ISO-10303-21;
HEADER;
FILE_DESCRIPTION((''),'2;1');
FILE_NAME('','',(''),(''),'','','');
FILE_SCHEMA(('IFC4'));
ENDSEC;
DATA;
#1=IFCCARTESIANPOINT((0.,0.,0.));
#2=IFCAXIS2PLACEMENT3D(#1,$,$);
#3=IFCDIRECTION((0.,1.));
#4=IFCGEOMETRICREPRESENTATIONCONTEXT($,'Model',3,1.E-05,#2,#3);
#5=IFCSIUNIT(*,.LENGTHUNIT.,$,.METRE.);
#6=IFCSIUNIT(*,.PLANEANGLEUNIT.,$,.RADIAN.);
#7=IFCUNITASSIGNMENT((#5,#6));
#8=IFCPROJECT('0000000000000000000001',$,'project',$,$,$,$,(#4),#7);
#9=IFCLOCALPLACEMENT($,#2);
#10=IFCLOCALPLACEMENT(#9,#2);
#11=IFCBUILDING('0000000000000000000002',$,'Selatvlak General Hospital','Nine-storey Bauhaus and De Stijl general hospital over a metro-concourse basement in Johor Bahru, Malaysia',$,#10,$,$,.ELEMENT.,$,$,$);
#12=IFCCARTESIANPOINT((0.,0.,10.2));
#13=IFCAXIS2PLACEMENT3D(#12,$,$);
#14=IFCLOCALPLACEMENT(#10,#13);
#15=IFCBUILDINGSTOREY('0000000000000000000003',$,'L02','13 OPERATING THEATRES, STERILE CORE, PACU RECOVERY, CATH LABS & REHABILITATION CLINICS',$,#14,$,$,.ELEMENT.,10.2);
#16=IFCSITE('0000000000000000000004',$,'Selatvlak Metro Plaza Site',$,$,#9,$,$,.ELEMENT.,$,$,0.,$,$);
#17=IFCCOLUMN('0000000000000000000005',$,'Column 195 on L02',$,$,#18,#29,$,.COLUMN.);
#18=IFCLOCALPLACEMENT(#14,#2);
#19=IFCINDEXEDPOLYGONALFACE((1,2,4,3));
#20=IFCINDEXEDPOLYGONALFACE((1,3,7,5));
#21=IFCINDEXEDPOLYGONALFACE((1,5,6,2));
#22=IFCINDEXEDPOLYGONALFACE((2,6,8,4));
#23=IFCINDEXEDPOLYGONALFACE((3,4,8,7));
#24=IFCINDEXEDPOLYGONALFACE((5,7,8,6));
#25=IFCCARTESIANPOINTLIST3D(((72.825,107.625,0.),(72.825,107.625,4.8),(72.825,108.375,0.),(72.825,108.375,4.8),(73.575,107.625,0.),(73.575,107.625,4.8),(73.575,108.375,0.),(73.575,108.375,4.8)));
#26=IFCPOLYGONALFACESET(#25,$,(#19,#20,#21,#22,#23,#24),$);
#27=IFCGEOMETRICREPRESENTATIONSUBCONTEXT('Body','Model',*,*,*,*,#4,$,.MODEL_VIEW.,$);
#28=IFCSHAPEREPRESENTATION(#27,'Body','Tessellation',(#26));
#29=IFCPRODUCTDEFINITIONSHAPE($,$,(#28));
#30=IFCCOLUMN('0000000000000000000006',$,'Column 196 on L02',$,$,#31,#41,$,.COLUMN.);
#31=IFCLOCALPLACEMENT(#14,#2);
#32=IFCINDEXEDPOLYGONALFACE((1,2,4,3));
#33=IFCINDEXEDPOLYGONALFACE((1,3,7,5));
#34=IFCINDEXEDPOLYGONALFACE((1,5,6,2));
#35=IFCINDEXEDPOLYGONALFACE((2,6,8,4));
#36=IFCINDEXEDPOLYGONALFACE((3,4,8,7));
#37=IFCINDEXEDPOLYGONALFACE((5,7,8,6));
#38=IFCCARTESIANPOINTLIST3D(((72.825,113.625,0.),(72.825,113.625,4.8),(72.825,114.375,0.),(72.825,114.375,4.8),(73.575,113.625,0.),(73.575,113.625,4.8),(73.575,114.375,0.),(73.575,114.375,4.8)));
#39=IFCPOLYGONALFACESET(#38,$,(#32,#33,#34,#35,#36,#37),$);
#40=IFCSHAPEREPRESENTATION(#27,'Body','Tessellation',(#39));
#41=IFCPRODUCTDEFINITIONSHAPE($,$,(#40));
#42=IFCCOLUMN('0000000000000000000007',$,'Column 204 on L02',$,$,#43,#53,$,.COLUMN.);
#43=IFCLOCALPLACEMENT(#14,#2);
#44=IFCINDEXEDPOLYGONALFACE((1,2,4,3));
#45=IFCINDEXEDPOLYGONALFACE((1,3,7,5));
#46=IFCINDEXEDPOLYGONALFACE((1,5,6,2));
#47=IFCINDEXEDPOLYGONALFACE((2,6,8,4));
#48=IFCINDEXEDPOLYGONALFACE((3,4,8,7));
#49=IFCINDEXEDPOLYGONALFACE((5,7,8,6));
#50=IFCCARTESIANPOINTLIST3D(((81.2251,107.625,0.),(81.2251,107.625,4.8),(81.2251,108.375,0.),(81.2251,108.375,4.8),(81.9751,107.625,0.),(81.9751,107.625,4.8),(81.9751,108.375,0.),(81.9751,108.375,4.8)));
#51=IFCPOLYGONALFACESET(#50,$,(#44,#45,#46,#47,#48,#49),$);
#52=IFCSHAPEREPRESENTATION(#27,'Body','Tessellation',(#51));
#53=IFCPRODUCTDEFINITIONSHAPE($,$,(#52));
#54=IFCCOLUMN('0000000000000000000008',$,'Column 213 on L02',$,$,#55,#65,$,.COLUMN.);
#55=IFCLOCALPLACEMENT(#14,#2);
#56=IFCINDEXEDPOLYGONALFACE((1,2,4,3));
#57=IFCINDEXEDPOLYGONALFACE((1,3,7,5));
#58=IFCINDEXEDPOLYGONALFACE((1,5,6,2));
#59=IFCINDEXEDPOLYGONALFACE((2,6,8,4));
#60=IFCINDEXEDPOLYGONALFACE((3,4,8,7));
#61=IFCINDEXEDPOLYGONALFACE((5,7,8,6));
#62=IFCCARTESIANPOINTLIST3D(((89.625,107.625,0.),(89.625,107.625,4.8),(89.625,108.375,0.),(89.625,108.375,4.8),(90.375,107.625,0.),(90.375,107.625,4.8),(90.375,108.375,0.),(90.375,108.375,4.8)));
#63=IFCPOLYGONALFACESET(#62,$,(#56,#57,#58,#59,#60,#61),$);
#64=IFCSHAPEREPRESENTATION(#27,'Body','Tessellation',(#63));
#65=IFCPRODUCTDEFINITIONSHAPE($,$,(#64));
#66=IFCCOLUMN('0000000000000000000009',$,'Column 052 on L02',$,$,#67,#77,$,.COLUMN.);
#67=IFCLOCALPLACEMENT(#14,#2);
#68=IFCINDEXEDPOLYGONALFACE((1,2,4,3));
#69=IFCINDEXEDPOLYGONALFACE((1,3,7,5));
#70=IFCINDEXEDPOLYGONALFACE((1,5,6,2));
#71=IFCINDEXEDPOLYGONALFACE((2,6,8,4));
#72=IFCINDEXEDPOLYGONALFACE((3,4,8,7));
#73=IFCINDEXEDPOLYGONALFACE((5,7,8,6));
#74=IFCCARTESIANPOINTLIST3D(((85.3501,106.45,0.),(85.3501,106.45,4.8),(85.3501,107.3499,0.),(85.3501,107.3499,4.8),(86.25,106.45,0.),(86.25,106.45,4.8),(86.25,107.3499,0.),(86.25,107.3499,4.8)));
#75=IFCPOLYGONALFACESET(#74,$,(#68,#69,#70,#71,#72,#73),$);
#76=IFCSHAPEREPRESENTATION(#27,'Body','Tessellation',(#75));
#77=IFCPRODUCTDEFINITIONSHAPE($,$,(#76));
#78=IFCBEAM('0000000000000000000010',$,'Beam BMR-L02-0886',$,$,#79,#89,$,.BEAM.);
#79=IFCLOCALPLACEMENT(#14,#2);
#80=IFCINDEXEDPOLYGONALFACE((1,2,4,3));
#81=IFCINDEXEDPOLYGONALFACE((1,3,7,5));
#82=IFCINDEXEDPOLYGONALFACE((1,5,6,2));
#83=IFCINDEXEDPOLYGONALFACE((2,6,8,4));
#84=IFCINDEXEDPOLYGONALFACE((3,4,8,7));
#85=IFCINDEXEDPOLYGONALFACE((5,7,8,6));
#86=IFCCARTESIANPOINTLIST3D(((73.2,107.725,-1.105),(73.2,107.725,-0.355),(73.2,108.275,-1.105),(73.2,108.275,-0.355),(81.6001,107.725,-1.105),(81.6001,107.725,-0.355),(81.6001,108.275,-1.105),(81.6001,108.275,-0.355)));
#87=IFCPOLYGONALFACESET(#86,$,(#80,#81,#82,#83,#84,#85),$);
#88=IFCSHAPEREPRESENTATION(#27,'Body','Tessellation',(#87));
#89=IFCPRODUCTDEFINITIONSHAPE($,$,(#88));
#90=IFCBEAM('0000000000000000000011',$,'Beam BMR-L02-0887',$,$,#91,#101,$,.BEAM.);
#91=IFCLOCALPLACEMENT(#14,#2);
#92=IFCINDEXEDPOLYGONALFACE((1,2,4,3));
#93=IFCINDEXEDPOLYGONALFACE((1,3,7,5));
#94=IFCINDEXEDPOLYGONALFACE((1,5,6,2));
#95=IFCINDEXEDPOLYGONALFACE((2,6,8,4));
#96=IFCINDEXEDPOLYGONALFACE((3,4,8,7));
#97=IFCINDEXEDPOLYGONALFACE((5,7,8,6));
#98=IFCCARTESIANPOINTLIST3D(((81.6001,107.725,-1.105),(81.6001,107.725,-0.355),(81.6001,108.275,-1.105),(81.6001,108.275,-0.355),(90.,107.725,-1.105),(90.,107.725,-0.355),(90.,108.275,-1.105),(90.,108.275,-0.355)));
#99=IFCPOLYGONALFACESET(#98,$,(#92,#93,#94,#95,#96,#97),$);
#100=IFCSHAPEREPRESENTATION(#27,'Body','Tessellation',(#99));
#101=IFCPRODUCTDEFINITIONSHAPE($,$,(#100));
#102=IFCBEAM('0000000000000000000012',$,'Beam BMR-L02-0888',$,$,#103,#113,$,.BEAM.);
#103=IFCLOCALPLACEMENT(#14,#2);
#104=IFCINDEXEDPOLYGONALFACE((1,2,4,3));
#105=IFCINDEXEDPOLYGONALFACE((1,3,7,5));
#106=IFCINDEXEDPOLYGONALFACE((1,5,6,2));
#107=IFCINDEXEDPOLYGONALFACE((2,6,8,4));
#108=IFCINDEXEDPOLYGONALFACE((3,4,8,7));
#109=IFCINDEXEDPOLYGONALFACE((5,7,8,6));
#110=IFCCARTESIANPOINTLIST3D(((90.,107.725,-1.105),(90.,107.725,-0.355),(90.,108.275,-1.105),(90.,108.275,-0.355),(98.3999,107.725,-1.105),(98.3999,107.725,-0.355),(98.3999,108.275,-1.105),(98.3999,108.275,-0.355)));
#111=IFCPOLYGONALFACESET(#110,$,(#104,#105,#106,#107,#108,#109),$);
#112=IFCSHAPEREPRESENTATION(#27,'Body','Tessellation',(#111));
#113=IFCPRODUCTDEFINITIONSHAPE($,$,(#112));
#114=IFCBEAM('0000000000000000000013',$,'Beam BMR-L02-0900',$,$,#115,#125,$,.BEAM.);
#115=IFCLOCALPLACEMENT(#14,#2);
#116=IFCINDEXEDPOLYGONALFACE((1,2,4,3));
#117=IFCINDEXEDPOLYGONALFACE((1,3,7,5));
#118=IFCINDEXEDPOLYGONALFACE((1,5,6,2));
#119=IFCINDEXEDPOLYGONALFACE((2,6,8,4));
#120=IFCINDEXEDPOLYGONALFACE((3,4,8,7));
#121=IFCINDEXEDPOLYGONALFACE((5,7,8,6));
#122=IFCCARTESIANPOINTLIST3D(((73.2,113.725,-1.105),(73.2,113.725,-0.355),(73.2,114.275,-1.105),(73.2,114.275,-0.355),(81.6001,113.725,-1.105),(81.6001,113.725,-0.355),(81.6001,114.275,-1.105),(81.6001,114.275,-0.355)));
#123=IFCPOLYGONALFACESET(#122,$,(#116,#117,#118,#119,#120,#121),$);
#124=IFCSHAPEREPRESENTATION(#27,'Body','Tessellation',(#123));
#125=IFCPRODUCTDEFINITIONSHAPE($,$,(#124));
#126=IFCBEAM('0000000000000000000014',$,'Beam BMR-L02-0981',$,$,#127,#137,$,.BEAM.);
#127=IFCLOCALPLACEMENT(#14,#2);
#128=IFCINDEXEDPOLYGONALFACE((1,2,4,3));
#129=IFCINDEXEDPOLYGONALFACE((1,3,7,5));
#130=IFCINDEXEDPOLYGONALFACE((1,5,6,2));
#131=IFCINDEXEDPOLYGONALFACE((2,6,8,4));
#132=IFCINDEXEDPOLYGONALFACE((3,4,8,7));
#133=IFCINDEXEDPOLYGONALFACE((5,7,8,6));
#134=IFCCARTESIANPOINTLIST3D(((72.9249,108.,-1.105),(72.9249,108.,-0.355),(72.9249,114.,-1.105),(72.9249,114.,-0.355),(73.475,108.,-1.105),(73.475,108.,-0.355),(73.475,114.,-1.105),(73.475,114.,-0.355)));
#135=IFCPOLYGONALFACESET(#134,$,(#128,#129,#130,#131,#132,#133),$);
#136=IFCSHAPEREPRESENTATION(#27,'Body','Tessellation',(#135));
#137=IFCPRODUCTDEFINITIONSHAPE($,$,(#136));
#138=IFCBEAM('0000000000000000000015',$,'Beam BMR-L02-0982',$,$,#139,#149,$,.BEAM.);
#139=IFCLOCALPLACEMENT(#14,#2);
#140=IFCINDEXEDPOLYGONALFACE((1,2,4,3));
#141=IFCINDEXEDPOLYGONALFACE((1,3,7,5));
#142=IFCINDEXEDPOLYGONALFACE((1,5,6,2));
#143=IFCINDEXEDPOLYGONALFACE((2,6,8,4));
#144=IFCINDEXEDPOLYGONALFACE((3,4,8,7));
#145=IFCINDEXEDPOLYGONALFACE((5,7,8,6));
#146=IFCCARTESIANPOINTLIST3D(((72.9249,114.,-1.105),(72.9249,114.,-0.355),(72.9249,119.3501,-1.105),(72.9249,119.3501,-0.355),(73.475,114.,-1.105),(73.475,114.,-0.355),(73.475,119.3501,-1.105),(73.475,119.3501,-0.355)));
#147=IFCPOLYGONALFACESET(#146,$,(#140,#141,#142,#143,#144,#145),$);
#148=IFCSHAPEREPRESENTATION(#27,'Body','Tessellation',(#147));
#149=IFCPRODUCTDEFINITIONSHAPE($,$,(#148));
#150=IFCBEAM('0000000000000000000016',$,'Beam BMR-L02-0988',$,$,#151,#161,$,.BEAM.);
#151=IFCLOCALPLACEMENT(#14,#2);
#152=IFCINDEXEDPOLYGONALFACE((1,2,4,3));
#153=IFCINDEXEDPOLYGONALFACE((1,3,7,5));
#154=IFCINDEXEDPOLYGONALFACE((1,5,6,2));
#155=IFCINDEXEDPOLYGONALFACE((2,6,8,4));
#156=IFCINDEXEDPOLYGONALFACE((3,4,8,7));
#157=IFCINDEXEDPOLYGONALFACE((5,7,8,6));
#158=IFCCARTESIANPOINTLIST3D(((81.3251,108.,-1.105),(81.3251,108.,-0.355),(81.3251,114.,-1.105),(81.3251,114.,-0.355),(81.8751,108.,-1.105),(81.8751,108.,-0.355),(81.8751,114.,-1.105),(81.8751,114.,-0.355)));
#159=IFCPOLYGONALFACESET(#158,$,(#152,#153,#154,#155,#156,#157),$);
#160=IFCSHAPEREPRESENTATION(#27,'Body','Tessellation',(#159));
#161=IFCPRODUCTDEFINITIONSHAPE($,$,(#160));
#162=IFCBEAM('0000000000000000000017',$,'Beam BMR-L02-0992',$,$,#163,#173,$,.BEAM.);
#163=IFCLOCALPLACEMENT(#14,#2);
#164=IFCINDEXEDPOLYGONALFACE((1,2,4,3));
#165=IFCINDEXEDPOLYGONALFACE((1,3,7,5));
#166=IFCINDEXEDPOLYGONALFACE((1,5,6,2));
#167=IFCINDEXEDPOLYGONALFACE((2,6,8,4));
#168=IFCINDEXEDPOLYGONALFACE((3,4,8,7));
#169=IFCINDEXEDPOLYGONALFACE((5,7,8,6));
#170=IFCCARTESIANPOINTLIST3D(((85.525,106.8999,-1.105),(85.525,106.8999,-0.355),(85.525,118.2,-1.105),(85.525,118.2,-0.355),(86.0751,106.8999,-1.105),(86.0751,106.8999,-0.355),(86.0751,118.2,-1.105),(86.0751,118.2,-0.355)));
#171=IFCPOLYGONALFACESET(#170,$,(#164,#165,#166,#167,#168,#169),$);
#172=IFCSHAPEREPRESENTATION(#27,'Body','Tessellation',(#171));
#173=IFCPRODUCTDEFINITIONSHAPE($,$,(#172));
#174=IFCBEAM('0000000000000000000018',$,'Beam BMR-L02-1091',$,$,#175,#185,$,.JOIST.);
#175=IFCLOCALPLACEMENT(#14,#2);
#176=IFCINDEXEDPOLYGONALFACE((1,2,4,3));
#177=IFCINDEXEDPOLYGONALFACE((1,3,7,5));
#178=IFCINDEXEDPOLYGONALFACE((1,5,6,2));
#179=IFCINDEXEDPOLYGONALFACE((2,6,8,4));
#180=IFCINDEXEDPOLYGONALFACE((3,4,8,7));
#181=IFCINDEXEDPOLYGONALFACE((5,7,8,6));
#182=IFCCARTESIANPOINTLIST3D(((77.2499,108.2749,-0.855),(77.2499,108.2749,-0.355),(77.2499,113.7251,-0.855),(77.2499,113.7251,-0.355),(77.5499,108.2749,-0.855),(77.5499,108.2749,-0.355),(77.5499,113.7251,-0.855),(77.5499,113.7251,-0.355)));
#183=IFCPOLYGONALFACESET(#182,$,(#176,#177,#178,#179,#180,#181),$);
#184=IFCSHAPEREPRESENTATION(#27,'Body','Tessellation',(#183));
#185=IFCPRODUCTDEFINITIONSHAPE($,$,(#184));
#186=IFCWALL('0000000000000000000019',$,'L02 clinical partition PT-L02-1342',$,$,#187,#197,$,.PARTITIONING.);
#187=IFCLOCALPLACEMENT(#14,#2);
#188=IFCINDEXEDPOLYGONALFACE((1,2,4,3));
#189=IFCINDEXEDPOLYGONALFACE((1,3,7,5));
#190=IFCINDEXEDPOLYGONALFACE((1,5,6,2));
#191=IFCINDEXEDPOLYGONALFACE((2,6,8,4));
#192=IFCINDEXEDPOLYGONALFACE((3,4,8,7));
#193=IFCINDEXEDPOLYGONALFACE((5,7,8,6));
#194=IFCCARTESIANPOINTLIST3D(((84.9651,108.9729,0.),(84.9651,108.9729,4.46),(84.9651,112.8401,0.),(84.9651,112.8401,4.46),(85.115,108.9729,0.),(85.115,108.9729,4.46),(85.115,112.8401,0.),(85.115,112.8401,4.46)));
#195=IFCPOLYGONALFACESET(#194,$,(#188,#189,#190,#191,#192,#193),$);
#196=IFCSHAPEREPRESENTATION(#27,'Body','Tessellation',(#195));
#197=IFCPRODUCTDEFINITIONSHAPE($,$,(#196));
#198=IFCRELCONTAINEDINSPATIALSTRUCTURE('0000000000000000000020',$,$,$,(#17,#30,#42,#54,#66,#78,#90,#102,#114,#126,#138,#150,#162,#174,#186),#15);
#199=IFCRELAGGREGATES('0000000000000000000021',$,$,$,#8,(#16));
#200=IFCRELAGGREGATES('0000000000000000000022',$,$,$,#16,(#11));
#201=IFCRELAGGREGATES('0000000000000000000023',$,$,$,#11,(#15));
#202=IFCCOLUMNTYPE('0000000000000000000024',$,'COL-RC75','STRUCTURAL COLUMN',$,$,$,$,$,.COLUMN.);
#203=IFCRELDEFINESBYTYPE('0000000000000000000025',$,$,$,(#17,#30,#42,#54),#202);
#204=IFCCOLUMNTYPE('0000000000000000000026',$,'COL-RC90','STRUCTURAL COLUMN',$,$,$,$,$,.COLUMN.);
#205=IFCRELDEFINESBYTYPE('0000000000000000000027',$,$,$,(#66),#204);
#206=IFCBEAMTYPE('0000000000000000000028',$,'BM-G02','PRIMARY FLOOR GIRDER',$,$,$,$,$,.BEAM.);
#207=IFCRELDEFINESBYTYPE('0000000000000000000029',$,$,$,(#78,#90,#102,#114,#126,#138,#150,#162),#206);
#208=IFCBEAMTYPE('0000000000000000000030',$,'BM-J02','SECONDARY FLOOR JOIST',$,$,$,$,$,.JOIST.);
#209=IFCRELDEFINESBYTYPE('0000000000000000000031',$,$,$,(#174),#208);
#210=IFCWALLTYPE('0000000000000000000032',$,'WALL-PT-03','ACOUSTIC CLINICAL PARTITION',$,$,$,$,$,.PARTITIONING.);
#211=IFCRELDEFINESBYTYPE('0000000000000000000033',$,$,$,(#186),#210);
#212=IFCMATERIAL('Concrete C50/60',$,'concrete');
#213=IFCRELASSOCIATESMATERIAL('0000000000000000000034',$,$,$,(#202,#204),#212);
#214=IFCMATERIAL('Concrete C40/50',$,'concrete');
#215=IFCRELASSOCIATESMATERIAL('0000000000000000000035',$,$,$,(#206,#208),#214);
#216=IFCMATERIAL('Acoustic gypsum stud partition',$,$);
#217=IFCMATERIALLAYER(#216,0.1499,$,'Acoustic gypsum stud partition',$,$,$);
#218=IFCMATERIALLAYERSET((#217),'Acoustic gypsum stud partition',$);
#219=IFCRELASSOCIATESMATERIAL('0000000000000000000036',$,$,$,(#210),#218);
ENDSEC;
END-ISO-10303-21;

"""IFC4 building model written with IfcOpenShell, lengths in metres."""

from ifc_helpers import new_model, si_unit, direction, frame, frame_2d, origin, origin_2d, place, context, subcontext, project, spatial, rectangle, extrude, material, layer, layer_set, material_profile, profile_set, type_object, element, save


model = new_model("IFC4")

# Units and contexts
model_context = context("Model", 3, precision=1e-05, world=origin(), true_north=direction((0.0, 1.0)))
body_context = subcontext(model_context, "Body", "Model", "MODEL_VIEW")
ifc_project = project(units=[si_unit("LENGTHUNIT", "METRE"), si_unit("PLANEANGLEUNIT", "RADIAN")], contexts=[model_context])

# Site, building, storey
site_placement = place(None, origin())
site = spatial("IfcSite", under=ifc_project, at=site_placement, Name="Selatvlak Metro Plaza Site", CompositionType="ELEMENT", RefElevation=0.0)
building_placement = place(site_placement, origin())
building = spatial("IfcBuilding", under=site, at=building_placement, Name="Selatvlak General Hospital", Description="Nine-storey Bauhaus and De Stijl general hospital over a metro-concourse basement in Johor Bahru, Malaysia", CompositionType="ELEMENT")
storey_placement = place(building_placement, frame((0.0, 0.0, 10.2)))
storey = spatial("IfcBuildingStorey", under=building, at=storey_placement, Name="L02", Description="13 OPERATING THEATRES, STERILE CORE, PACU RECOVERY, CATH LABS & REHABILITATION CLINICS", CompositionType="ELEMENT", Elevation=10.2)

# Columns
ifc_material_1 = material(Name="Concrete C50/60", Category="concrete")
ifc_material_profile_1 = material_profile(ifc_material_1, rectangle(XDim=0.75, YDim=0.75, at=origin_2d()), Name="RC-COL 750x750")
ifc_profile_set_1 = profile_set([ifc_material_profile_1], Name="Concrete C50/60")
column_type_1 = type_object("IfcColumnType", Name="COL-RC75", Description="STRUCTURAL COLUMN", PredefinedType="COLUMN", material=ifc_profile_set_1)
for number, where, z_axis, x_axis, name in (
    (1, (73.2, 108.0, 0.0), (0.0, 0.0, 1.0), (1.0, 0.0, 0.0), "Column 195 on L02"),
    (2, (73.2, 114.0, 0.0), (0.0, 0.0, 1.0), (1.0, 0.0, 0.0), "Column 196 on L02"),
    (3, (81.6001, 108.0, 0.0), (0.0, 0.0, 1.0), (1.0, 0.0, 0.0), "Column 204 on L02"),
    (4, (90.0, 108.0, 0.0), (0.0, 0.0, 1.0), (1.0, 0.0, 0.0), "Column 213 on L02"),
):
    element("IfcColumn", number, at=place(storey_placement, frame(where, z_axis=z_axis, x_axis=x_axis)), inside=storey, type_object=column_type_1, Name=name, PredefinedType="COLUMN", context=body_context, shape_type="SweptSolid", body=[
        extrude(rectangle(XDim=0.75, YDim=0.75, at=origin_2d()), origin(), (0.0, 0.0, 1.0), 4.8),
    ])
ifc_material_profile_2 = material_profile(ifc_material_1, rectangle(XDim=0.8999, YDim=0.8999, at=origin_2d()), Name="RC-COL 900x900")
ifc_profile_set_2 = profile_set([ifc_material_profile_2], Name="Concrete C50/60")
column_type_2 = type_object("IfcColumnType", Name="COL-RC90", Description="STRUCTURAL COLUMN", PredefinedType="COLUMN", material=ifc_profile_set_2)
column_placement = place(storey_placement, frame((85.8, 106.8999, 0.0), z_axis=(0.0, 0.0, 1.0), x_axis=(1.0, 0.0, 0.0)))
element("IfcColumn", 5, at=column_placement, inside=storey, type_object=column_type_2, Name="Column 052 on L02", PredefinedType="COLUMN", context=body_context, shape_type="SweptSolid", body=[
    extrude(rectangle(XDim=0.8999, YDim=0.8999, at=origin_2d()), origin(), (0.0, 0.0, 1.0), 4.8),
])

# Beams
ifc_material_2 = material(Name="Concrete C40/50", Category="concrete")
ifc_material_profile_3 = material_profile(ifc_material_2, rectangle(XDim=0.55, YDim=0.75, at=origin_2d()), Name="RC-BM 550x750")
ifc_profile_set_3 = profile_set([ifc_material_profile_3], Name="Concrete C40/50")
beam_type_1 = type_object("IfcBeamType", Name="BM-G02", Description="PRIMARY FLOOR GIRDER", PredefinedType="BEAM", material=ifc_profile_set_3)
beam_1_placement = place(storey_placement, frame((73.2, 108.0, -0.73), z_axis=(1.0, 0.0, 0.0), x_axis=(0.0, 1.0, 0.0)))
element("IfcBeam", 6, at=beam_1_placement, inside=storey, type_object=beam_type_1, Name="Beam BMR-L02-0886", PredefinedType="BEAM", context=body_context, shape_type="SweptSolid", body=[
    extrude(rectangle(XDim=0.55, YDim=0.75, at=origin_2d()), origin(), (0.0, 0.0, 1.0), 8.4001),
])
for number, where, z_axis, x_axis, name in (
    (7, (81.6001, 108.0, -0.73), (1.0, 0.0, 0.0), (0.0, 1.0, 0.0), "Beam BMR-L02-0887"),
    (8, (90.0, 108.0, -0.73), (1.0, 0.0, 0.0), (0.0, 1.0, 0.0), "Beam BMR-L02-0888"),
):
    element("IfcBeam", number, at=place(storey_placement, frame(where, z_axis=z_axis, x_axis=x_axis)), inside=storey, type_object=beam_type_1, Name=name, PredefinedType="BEAM", context=body_context, shape_type="SweptSolid", body=[
        extrude(rectangle(XDim=0.55, YDim=0.75, at=origin_2d()), origin(), (0.0, 0.0, 1.0), 8.3999),
    ])
beam_2_placement = place(storey_placement, frame((73.2, 114.0, -0.73), z_axis=(1.0, 0.0, 0.0), x_axis=(0.0, 1.0, 0.0)))
element("IfcBeam", 9, at=beam_2_placement, inside=storey, type_object=beam_type_1, Name="Beam BMR-L02-0900", PredefinedType="BEAM", context=body_context, shape_type="SweptSolid", body=[
    extrude(rectangle(XDim=0.55, YDim=0.75, at=origin_2d()), origin(), (0.0, 0.0, 1.0), 8.4001),
])
beam_3_placement = place(storey_placement, frame((73.2, 108.0, -0.73), z_axis=(0.0, 1.0, 0.0), x_axis=(-1.0, 0.0, 0.0)))
element("IfcBeam", 10, at=beam_3_placement, inside=storey, type_object=beam_type_1, Name="Beam BMR-L02-0981", PredefinedType="BEAM", context=body_context, shape_type="SweptSolid", body=[
    extrude(rectangle(XDim=0.55, YDim=0.75, at=origin_2d()), origin(), (0.0, 0.0, 1.0), 6.0),
])
beam_4_placement = place(storey_placement, frame((73.2, 114.0, -0.73), z_axis=(0.0, 1.0, 0.0), x_axis=(-1.0, 0.0, 0.0)))
element("IfcBeam", 11, at=beam_4_placement, inside=storey, type_object=beam_type_1, Name="Beam BMR-L02-0982", PredefinedType="BEAM", context=body_context, shape_type="SweptSolid", body=[
    extrude(rectangle(XDim=0.55, YDim=0.75, at=origin_2d()), origin(), (0.0, 0.0, 1.0), 5.3501),
])
beam_5_placement = place(storey_placement, frame((81.6001, 108.0, -0.73), z_axis=(0.0, 1.0, 0.0), x_axis=(-1.0, 0.0, 0.0)))
element("IfcBeam", 12, at=beam_5_placement, inside=storey, type_object=beam_type_1, Name="Beam BMR-L02-0988", PredefinedType="BEAM", context=body_context, shape_type="SweptSolid", body=[
    extrude(rectangle(XDim=0.55, YDim=0.75, at=origin_2d()), origin(), (0.0, 0.0, 1.0), 6.0),
])
beam_6_placement = place(storey_placement, frame((85.8, 106.8999, -0.73), z_axis=(0.0, 1.0, 0.0), x_axis=(-1.0, 0.0, 0.0)))
element("IfcBeam", 13, at=beam_6_placement, inside=storey, type_object=beam_type_1, Name="Beam BMR-L02-0992", PredefinedType="BEAM", context=body_context, shape_type="SweptSolid", body=[
    extrude(rectangle(XDim=0.55, YDim=0.75, at=origin_2d()), origin(), (0.0, 0.0, 1.0), 11.3),
])
ifc_material_profile_4 = material_profile(ifc_material_2, rectangle(XDim=0.3, YDim=0.5, at=origin_2d()), Name="RC-BM 300x500")
ifc_profile_set_4 = profile_set([ifc_material_profile_4], Name="Concrete C40/50")
beam_type_2 = type_object("IfcBeamType", Name="BM-J02", Description="SECONDARY FLOOR JOIST", PredefinedType="JOIST", material=ifc_profile_set_4)
beam_7_placement = place(storey_placement, frame((77.3999, 108.2749, -0.605), z_axis=(0.0, 1.0, 0.0), x_axis=(-1.0, 0.0, 0.0)))
element("IfcBeam", 14, at=beam_7_placement, inside=storey, type_object=beam_type_2, Name="Beam BMR-L02-1091", PredefinedType="JOIST", context=body_context, shape_type="SweptSolid", body=[
    extrude(rectangle(XDim=0.3, YDim=0.5, at=origin_2d()), origin(), (0.0, 0.0, 1.0), 5.4502),
])

# Shared definitions
ifc_material_3 = material(Name="Acoustic gypsum stud partition")

# Wall
ifc_layer_1 = layer(ifc_material_3, 0.1499, Name="Acoustic gypsum stud partition")
ifc_layer_set_1 = layer_set([ifc_layer_1], Name="Acoustic gypsum stud partition")
wall_type_1 = type_object("IfcWallType", Name="WALL-PT-03", Description="ACOUSTIC CLINICAL PARTITION", PredefinedType="PARTITIONING", material=ifc_layer_set_1)
wall_1_placement = place(storey_placement, frame((85.04, 112.8401, 0.0), z_axis=(0.0, 0.0, 1.0), x_axis=(0.0, -1.0, 0.0)))
element("IfcWall", 15, at=wall_1_placement, inside=storey, type_object=wall_type_1, Name="L02 clinical partition PT-L02-1342", PredefinedType="PARTITIONING", context=body_context, shape_type="SweptSolid", body=[
    extrude(rectangle(XDim=3.8672, YDim=0.1499, at=frame_2d((1.9336, 0.0))), origin(), (0.0, 0.0, 1.0), 4.46),
])

save(model, "model.ifc")
